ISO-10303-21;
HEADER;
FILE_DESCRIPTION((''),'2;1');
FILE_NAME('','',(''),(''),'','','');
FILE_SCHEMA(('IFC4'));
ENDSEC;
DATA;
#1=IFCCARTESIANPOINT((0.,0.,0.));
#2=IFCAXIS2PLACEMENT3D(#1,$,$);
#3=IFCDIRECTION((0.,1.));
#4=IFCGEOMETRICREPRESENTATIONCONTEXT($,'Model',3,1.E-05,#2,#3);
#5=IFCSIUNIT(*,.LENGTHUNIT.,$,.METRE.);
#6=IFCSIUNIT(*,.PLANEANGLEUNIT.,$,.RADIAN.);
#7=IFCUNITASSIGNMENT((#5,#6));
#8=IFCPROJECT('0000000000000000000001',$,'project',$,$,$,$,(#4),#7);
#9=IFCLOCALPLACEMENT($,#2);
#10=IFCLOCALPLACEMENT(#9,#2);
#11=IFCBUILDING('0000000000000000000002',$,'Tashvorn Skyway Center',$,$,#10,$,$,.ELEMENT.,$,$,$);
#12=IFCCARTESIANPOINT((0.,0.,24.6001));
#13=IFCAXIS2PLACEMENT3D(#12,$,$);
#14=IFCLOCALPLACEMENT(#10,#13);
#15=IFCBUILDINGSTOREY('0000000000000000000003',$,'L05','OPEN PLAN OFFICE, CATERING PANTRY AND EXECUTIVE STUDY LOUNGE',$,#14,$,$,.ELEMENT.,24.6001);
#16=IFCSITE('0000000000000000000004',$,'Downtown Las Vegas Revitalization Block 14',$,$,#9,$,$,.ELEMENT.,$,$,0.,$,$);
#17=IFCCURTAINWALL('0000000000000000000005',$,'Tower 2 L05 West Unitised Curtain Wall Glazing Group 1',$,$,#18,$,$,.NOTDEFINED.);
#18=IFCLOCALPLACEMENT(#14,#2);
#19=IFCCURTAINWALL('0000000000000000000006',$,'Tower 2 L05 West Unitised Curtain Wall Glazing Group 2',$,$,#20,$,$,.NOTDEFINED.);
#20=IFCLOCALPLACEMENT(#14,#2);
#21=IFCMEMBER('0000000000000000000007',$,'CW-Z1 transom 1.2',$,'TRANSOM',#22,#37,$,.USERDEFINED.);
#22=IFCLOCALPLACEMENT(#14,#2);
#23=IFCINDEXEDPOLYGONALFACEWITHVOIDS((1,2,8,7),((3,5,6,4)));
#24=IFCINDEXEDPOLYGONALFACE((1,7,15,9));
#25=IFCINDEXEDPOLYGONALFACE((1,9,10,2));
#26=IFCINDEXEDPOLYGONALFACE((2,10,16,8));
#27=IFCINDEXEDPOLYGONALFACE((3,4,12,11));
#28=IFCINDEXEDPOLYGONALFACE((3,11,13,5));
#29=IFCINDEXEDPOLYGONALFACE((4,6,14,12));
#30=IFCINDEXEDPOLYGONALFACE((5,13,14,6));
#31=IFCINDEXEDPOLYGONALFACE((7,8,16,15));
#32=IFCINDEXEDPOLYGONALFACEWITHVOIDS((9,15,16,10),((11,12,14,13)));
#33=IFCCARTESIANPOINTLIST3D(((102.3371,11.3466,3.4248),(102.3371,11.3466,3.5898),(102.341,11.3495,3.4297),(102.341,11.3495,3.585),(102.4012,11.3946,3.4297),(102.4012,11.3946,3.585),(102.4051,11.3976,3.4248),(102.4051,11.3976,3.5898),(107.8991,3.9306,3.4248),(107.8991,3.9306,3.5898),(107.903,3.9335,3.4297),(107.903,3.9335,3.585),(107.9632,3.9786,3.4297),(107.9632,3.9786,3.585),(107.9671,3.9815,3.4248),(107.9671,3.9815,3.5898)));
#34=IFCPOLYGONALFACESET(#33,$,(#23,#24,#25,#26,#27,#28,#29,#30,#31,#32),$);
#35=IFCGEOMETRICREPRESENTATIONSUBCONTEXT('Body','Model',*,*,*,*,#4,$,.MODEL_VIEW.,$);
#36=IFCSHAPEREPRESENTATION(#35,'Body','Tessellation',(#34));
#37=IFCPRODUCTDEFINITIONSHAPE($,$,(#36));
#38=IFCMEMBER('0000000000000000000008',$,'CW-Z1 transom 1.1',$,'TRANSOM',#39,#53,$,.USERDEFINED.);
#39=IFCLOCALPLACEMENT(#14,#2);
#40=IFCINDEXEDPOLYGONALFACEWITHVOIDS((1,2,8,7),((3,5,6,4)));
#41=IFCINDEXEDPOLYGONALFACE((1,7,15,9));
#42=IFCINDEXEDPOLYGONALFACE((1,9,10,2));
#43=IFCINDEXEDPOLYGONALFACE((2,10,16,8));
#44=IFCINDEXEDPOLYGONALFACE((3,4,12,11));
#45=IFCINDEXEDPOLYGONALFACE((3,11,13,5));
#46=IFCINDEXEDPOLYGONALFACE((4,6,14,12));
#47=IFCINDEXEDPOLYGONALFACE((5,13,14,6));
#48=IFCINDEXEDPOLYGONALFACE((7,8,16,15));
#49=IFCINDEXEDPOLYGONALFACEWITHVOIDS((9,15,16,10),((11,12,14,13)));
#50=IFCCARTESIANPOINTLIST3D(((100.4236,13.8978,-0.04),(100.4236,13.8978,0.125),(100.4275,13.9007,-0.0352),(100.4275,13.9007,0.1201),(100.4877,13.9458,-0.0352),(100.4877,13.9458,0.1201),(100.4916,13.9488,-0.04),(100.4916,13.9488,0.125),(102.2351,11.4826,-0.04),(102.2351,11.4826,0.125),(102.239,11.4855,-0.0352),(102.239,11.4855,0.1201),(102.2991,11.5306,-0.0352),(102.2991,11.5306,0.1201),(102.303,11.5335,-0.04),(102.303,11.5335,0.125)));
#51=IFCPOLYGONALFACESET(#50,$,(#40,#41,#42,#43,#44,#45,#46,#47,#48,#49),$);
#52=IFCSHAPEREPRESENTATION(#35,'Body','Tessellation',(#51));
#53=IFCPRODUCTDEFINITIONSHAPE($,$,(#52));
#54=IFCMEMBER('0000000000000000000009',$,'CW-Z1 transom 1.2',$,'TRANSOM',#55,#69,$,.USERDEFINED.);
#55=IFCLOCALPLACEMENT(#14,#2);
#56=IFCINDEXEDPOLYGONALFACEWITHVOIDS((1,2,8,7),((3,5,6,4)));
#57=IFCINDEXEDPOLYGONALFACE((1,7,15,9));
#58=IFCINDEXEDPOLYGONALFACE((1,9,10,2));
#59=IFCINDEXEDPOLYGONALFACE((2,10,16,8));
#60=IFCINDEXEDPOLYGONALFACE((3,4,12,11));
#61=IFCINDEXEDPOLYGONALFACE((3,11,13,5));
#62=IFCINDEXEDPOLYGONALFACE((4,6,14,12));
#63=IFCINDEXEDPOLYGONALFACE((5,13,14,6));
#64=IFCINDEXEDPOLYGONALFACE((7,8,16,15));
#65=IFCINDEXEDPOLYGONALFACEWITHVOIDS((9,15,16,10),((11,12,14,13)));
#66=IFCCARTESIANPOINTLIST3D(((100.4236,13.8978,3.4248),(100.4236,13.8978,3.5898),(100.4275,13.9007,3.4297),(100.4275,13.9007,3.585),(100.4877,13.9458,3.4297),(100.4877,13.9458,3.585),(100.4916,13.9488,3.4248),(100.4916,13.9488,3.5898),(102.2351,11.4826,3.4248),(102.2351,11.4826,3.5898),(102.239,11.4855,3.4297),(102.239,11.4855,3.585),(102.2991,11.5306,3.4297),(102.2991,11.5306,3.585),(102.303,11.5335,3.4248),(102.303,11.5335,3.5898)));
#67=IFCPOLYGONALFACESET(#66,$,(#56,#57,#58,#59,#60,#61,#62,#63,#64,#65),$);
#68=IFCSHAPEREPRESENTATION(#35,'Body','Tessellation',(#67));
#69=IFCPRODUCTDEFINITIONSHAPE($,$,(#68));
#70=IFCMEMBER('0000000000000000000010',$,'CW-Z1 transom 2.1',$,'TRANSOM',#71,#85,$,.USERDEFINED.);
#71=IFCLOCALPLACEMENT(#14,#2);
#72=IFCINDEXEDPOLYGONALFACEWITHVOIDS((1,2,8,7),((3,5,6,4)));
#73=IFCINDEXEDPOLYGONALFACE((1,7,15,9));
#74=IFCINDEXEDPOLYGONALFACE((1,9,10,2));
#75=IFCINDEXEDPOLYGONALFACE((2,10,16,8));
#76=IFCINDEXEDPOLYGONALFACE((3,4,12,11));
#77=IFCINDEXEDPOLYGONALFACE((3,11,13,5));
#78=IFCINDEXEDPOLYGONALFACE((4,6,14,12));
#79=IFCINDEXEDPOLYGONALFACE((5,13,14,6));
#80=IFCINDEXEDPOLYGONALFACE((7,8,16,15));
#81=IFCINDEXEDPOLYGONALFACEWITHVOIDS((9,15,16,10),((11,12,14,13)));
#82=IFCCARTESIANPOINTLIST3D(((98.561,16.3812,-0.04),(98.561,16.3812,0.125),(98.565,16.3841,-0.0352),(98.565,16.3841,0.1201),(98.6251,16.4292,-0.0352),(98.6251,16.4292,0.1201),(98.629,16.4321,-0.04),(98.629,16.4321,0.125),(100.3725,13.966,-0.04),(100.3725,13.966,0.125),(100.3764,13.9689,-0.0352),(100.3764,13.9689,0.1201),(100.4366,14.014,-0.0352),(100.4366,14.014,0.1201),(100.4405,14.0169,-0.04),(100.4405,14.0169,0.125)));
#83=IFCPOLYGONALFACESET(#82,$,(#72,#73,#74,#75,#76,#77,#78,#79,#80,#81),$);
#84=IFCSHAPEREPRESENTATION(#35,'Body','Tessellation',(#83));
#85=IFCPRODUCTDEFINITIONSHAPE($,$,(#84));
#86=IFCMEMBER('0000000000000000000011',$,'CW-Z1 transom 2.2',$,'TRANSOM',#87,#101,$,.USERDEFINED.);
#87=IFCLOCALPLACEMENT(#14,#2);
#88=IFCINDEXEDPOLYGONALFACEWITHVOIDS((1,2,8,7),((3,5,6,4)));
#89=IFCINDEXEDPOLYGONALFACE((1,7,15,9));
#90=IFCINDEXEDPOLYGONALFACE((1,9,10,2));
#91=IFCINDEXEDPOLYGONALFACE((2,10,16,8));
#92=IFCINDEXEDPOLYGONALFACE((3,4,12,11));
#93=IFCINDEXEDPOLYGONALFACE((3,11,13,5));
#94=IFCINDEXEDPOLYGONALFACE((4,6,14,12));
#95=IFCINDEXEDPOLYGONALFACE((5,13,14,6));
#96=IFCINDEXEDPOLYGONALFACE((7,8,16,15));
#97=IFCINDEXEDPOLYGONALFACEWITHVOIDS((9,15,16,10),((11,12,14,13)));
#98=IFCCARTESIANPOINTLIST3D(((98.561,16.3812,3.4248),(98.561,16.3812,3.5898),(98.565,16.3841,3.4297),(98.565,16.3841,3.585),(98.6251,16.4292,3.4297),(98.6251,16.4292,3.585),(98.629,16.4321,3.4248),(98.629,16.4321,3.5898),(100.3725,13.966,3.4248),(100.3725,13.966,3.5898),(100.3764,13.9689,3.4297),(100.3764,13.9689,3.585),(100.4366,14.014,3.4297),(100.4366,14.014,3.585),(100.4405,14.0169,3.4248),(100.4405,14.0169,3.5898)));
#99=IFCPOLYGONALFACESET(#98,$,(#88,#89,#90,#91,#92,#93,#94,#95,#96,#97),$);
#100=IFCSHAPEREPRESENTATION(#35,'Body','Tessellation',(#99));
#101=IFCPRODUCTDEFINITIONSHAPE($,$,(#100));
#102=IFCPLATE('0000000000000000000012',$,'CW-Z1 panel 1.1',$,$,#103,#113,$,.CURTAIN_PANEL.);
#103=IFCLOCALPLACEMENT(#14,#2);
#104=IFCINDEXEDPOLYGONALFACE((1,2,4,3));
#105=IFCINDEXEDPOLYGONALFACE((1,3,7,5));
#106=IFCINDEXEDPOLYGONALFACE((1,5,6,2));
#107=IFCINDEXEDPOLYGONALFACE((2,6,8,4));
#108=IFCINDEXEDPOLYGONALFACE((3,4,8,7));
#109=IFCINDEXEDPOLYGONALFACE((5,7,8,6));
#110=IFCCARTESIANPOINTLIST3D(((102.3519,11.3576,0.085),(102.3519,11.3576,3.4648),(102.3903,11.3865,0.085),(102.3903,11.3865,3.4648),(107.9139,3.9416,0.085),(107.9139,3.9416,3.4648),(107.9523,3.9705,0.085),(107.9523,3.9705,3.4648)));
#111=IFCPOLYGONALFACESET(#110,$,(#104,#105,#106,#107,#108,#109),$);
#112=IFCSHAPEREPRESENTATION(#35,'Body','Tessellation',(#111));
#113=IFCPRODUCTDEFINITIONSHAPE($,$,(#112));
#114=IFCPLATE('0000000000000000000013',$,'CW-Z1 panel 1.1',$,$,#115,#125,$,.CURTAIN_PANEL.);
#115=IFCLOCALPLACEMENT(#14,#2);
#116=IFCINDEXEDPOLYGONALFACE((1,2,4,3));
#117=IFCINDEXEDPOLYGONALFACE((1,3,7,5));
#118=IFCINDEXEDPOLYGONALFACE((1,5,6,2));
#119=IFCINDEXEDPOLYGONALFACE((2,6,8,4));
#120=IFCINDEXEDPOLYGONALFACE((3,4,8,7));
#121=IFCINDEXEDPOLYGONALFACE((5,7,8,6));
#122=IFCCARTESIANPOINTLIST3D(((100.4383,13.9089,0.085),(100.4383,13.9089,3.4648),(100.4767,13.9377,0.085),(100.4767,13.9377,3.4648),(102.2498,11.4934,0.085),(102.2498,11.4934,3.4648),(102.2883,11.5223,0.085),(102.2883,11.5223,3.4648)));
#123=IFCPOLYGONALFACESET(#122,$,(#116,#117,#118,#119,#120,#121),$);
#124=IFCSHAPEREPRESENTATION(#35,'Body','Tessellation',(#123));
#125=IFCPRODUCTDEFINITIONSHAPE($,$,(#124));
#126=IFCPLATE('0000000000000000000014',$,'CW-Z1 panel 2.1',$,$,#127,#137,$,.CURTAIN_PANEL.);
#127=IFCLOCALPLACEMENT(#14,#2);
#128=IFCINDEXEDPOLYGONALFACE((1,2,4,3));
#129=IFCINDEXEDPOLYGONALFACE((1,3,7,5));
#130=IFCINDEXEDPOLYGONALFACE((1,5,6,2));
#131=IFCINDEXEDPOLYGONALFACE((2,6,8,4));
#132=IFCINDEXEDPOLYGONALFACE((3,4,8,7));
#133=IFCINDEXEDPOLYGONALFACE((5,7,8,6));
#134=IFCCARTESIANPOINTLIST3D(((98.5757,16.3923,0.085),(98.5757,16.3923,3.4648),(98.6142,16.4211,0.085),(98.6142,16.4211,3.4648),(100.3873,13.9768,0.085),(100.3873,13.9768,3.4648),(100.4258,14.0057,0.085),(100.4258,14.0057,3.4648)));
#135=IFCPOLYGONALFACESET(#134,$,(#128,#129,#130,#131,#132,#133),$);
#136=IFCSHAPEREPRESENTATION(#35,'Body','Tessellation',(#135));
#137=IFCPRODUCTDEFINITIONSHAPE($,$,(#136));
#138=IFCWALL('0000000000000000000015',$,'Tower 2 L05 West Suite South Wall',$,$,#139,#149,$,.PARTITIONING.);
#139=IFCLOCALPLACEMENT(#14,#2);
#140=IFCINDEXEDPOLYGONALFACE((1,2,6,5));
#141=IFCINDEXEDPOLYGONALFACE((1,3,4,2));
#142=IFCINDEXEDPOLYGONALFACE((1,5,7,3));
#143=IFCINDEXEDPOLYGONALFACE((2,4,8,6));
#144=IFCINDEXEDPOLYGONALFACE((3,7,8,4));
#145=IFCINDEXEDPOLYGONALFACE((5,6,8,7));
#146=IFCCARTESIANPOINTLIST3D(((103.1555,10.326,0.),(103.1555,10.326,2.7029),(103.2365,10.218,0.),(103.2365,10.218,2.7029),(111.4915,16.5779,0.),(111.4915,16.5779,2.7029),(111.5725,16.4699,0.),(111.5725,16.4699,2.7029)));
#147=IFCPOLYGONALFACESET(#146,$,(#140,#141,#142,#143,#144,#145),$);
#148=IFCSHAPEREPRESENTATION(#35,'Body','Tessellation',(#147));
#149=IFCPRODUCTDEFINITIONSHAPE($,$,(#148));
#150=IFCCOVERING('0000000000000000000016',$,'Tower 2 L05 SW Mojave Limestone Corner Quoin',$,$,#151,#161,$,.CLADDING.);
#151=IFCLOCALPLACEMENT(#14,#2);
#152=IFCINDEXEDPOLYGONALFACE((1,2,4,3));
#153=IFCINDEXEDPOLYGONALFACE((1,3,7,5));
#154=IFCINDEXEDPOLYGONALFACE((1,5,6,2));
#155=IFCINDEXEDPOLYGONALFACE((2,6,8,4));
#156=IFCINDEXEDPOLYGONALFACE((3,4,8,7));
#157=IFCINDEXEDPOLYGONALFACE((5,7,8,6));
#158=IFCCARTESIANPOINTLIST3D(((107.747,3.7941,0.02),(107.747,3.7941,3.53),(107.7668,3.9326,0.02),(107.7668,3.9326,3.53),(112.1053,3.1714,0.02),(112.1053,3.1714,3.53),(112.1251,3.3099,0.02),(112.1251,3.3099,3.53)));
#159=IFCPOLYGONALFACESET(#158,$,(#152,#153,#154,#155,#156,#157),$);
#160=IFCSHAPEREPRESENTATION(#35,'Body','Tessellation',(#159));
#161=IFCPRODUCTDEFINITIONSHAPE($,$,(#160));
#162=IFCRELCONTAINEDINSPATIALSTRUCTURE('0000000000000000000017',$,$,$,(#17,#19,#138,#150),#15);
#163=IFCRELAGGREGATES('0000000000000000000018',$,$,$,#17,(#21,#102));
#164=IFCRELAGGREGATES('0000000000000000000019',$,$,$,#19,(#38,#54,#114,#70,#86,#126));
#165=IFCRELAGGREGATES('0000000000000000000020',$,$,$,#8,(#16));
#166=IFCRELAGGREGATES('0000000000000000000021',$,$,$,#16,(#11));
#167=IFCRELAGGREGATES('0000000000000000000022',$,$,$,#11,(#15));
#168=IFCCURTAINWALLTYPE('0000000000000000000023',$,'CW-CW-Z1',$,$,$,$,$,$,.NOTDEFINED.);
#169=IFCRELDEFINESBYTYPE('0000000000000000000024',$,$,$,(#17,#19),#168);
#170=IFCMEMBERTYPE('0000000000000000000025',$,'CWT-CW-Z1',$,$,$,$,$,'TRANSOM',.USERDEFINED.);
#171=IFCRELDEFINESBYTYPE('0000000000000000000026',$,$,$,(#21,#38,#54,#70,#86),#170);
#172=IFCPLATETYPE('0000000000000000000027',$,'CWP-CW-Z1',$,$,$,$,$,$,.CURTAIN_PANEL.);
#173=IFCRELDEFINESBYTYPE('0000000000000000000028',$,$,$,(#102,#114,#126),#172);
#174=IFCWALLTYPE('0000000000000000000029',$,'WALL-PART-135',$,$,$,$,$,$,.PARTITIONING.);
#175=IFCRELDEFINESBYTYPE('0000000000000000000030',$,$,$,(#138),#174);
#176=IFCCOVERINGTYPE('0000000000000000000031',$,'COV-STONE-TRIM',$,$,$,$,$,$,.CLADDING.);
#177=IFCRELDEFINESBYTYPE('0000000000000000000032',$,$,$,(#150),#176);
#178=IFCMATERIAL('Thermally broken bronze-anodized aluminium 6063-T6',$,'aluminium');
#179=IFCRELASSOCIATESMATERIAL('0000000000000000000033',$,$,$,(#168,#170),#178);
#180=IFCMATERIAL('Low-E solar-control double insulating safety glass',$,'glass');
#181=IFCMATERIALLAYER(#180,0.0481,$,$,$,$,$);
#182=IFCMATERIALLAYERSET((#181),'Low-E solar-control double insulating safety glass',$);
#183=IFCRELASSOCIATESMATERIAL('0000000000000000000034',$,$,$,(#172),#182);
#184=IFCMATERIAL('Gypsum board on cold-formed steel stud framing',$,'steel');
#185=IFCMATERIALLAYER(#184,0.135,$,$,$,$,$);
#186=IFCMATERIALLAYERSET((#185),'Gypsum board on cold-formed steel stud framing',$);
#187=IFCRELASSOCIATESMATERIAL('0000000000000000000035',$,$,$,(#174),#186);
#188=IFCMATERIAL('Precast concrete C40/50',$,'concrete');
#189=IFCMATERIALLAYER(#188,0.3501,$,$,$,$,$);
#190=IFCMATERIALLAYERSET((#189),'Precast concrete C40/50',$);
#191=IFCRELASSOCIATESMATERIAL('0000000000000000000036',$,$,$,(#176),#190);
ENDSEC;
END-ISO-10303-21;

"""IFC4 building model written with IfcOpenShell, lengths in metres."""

from ifc_helpers import new_model, si_unit, direction, frame, frame_2d, origin, origin_2d, place, context, subcontext, project, spatial, rectangle, hollow_rectangle, extrude, material, layer, layer_set, material_profile, profile_set, type_object, element, aggregate, save


model = new_model("IFC4")

# Units and contexts
model_context = context("Model", 3, precision=1e-05, world=origin(), true_north=direction((0.0, 1.0)))
body_context = subcontext(model_context, "Body", "Model", "MODEL_VIEW")
ifc_project = project(units=[si_unit("LENGTHUNIT", "METRE"), si_unit("PLANEANGLEUNIT", "RADIAN")], contexts=[model_context])

# Site, building, storey
site_placement = place(None, origin())
site = spatial("IfcSite", under=ifc_project, at=site_placement, Name="Downtown Las Vegas Revitalization Block 14", CompositionType="ELEMENT", RefElevation=0.0)
building_placement = place(site_placement, origin())
building = spatial("IfcBuilding", under=site, at=building_placement, Name="Tashvorn Skyway Center", CompositionType="ELEMENT")
storey_placement = place(building_placement, frame((0.0, 0.0, 24.6001)))
storey = spatial("IfcBuildingStorey", under=building, at=storey_placement, Name="L05", Description="OPEN PLAN OFFICE, CATERING PANTRY AND EXECUTIVE STUDY LOUNGE", CompositionType="ELEMENT", Elevation=24.6001)

# Curtain walls
ifc_material_1 = material(Name="Thermally broken bronze-anodized aluminium 6063-T6", Category="aluminium")
curtain_wall_type = type_object("IfcCurtainWallType", Name="CW-CW-Z1", PredefinedType="NOTDEFINED", material=ifc_material_1)
curtain_wall_1_placement = place(storey_placement, origin())
curtain_wall_1 = element("IfcCurtainWall", 1, at=curtain_wall_1_placement, inside=storey, type_object=curtain_wall_type, Name="Tower 2 L05 West Unitised Curtain Wall Glazing Group 1", PredefinedType="NOTDEFINED")
curtain_wall_2_placement = place(storey_placement, origin())
curtain_wall_2 = element("IfcCurtainWall", 2, at=curtain_wall_2_placement, inside=storey, type_object=curtain_wall_type, Name="Tower 2 L05 West Unitised Curtain Wall Glazing Group 2", PredefinedType="NOTDEFINED")

# Members
ifc_material_profile_1 = material_profile(ifc_material_1, hollow_rectangle(XDim=0.085, YDim=0.165, WallThickness=0.0049, at=origin_2d()), Name="ALU-TRAN-85x165")
ifc_profile_set_1 = profile_set([ifc_material_profile_1], Name="Thermally broken bronze-anodized aluminium 6063-T6")
member_type_1 = type_object("IfcMemberType", Name="CWT-CW-Z1", ElementType="TRANSOM", PredefinedType="USERDEFINED", material=ifc_profile_set_1)
member_1_placement = place(storey_placement, frame((107.9331, 3.9561, 3.5073), z_axis=(-0.6, 0.8, 0.0), x_axis=(-0.8, -0.6, 0.0)))
member_1 = element("IfcMember", 3, at=member_1_placement, type_object=member_type_1, Name="CW-Z1 transom 1.2", ObjectType="TRANSOM", PredefinedType="USERDEFINED", context=body_context, shape_type="SweptSolid", body=[
    extrude(hollow_rectangle(XDim=0.085, YDim=0.165, WallThickness=0.0049, at=origin_2d()), origin(), (0.0, 0.0, 1.0), 9.27),
])
member_2_placement = place(storey_placement, frame((102.269, 11.5081, 0.0425), z_axis=(-0.600013, 0.79999, 0.0), x_axis=(-0.79999, -0.600013, 0.0)))
member_2 = element("IfcMember", 4, at=member_2_placement, type_object=member_type_1, Name="CW-Z1 transom 1.1", ObjectType="TRANSOM", PredefinedType="USERDEFINED", context=body_context, shape_type="SweptSolid", body=[
    extrude(hollow_rectangle(XDim=0.085, YDim=0.165, WallThickness=0.0049, at=origin_2d()), origin(), (0.0, 0.0, 1.0), 3.019),
])
member_3_placement = place(storey_placement, frame((102.269, 11.5081, 3.5073), z_axis=(-0.600013, 0.79999, 0.0), x_axis=(-0.79999, -0.600013, 0.0)))
member_3 = element("IfcMember", 5, at=member_3_placement, type_object=member_type_1, Name="CW-Z1 transom 1.2", ObjectType="TRANSOM", PredefinedType="USERDEFINED", context=body_context, shape_type="SweptSolid", body=[
    extrude(hollow_rectangle(XDim=0.085, YDim=0.165, WallThickness=0.0049, at=origin_2d()), origin(), (0.0, 0.0, 1.0), 3.019),
])
member_4_placement = place(storey_placement, frame((100.4065, 13.9915, 0.0425), z_axis=(-0.600013, 0.79999, 0.0), x_axis=(-0.79999, -0.600013, 0.0)))
member_4 = element("IfcMember", 6, at=member_4_placement, type_object=member_type_1, Name="CW-Z1 transom 2.1", ObjectType="TRANSOM", PredefinedType="USERDEFINED", context=body_context, shape_type="SweptSolid", body=[
    extrude(hollow_rectangle(XDim=0.085, YDim=0.165, WallThickness=0.0049, at=origin_2d()), origin(), (0.0, 0.0, 1.0), 3.019),
])
member_5_placement = place(storey_placement, frame((100.4065, 13.9915, 3.5073), z_axis=(-0.600013, 0.79999, 0.0), x_axis=(-0.79999, -0.600013, 0.0)))
member_5 = element("IfcMember", 7, at=member_5_placement, type_object=member_type_1, Name="CW-Z1 transom 2.2", ObjectType="TRANSOM", PredefinedType="USERDEFINED", context=body_context, shape_type="SweptSolid", body=[
    extrude(hollow_rectangle(XDim=0.085, YDim=0.165, WallThickness=0.0049, at=origin_2d()), origin(), (0.0, 0.0, 1.0), 3.019),
])

# Plates
ifc_material_2 = material(Name="Low-E solar-control double insulating safety glass", Category="glass")
ifc_layer_1 = layer(ifc_material_2, 0.0481)
ifc_layer_set_1 = layer_set([ifc_layer_1], Name="Low-E solar-control double insulating safety glass")
plate_type = type_object("IfcPlateType", Name="CWP-CW-Z1", PredefinedType="CURTAIN_PANEL", material=ifc_layer_set_1)
plate_1_placement = place(storey_placement, frame((105.1521, 7.6641, 0.085), z_axis=(0.0, 0.0, 1.0), x_axis=(-0.6, 0.8, 0.0)))
plate_1 = element("IfcPlate", 8, at=plate_1_placement, type_object=plate_type, Name="CW-Z1 panel 1.1", PredefinedType="CURTAIN_PANEL", context=body_context, shape_type="SweptSolid", body=[
    extrude(rectangle(XDim=9.27, YDim=0.0481, at=origin_2d()), origin(), (0.0, 0.0, 1.0), 3.3799),
])
aggregate(curtain_wall_1, [member_1, plate_1])
plate_2_placement = place(storey_placement, frame((101.3633, 12.7156, 0.085), z_axis=(0.0, 0.0, 1.0), x_axis=(-0.599997, 0.800002, 0.0)))
plate_2 = element("IfcPlate", 9, at=plate_2_placement, type_object=plate_type, Name="CW-Z1 panel 1.1", PredefinedType="CURTAIN_PANEL", context=body_context, shape_type="SweptSolid", body=[
    extrude(rectangle(XDim=3.0193, YDim=0.0481, at=origin_2d()), origin(), (0.0, 0.0, 1.0), 3.3799),
])
plate_3_placement = place(storey_placement, frame((99.5007, 15.199, 0.085), z_axis=(0.0, 0.0, 1.0), x_axis=(-0.599997, 0.800002, 0.0)))
plate_3 = element("IfcPlate", 10, at=plate_3_placement, type_object=plate_type, Name="CW-Z1 panel 2.1", PredefinedType="CURTAIN_PANEL", context=body_context, shape_type="SweptSolid", body=[
    extrude(rectangle(XDim=3.0193, YDim=0.0481, at=origin_2d()), origin(), (0.0, 0.0, 1.0), 3.3799),
])
aggregate(curtain_wall_2, [member_2, member_3, plate_2, member_4, member_5, plate_3])

# Wall
ifc_material_3 = material(Name="Gypsum board on cold-formed steel stud framing", Category="steel")
ifc_layer_2 = layer(ifc_material_3, 0.135)
ifc_layer_set_2 = layer_set([ifc_layer_2], Name="Gypsum board on cold-formed steel stud framing")
wall_type = type_object("IfcWallType", Name="WALL-PART-135", PredefinedType="PARTITIONING", material=ifc_layer_set_2)
wall_placement = place(storey_placement, frame((103.196, 10.272, 0.0), z_axis=(0.0, 0.0, 1.0), x_axis=(0.8, 0.6, 0.0)))
element("IfcWall", 11, at=wall_placement, inside=storey, type_object=wall_type, Name="Tower 2 L05 West Suite South Wall", PredefinedType="PARTITIONING", context=body_context, shape_type="SweptSolid", body=[
    extrude(rectangle(XDim=10.4199, YDim=0.135, at=frame_2d((5.21, 0.0))), origin(), (0.0, 0.0, 1.0), 2.7029),
])

# Covering
ifc_material_4 = material(Name="Precast concrete C40/50", Category="concrete")
ifc_layer_3 = layer(ifc_material_4, 0.3501)
ifc_layer_set_3 = layer_set([ifc_layer_3], Name="Precast concrete C40/50")
covering_type = type_object("IfcCoveringType", Name="COV-STONE-TRIM", PredefinedType="CLADDING", material=ifc_layer_set_3)
covering_placement = place(storey_placement, frame((109.936, 3.552, 0.02), z_axis=(0.0, 0.0, 1.0), x_axis=(-0.989949, 0.141421, 0.0)))
element("IfcCovering", 12, at=covering_placement, inside=storey, type_object=covering_type, Name="Tower 2 L05 SW Mojave Limestone Corner Quoin", PredefinedType="CLADDING", context=body_context, shape_type="SweptSolid", body=[
    extrude(rectangle(XDim=4.4026, YDim=0.1399, at=origin_2d()), origin(), (0.0, 0.0, 1.0), 3.51),
])

save(model, "model.ifc")
